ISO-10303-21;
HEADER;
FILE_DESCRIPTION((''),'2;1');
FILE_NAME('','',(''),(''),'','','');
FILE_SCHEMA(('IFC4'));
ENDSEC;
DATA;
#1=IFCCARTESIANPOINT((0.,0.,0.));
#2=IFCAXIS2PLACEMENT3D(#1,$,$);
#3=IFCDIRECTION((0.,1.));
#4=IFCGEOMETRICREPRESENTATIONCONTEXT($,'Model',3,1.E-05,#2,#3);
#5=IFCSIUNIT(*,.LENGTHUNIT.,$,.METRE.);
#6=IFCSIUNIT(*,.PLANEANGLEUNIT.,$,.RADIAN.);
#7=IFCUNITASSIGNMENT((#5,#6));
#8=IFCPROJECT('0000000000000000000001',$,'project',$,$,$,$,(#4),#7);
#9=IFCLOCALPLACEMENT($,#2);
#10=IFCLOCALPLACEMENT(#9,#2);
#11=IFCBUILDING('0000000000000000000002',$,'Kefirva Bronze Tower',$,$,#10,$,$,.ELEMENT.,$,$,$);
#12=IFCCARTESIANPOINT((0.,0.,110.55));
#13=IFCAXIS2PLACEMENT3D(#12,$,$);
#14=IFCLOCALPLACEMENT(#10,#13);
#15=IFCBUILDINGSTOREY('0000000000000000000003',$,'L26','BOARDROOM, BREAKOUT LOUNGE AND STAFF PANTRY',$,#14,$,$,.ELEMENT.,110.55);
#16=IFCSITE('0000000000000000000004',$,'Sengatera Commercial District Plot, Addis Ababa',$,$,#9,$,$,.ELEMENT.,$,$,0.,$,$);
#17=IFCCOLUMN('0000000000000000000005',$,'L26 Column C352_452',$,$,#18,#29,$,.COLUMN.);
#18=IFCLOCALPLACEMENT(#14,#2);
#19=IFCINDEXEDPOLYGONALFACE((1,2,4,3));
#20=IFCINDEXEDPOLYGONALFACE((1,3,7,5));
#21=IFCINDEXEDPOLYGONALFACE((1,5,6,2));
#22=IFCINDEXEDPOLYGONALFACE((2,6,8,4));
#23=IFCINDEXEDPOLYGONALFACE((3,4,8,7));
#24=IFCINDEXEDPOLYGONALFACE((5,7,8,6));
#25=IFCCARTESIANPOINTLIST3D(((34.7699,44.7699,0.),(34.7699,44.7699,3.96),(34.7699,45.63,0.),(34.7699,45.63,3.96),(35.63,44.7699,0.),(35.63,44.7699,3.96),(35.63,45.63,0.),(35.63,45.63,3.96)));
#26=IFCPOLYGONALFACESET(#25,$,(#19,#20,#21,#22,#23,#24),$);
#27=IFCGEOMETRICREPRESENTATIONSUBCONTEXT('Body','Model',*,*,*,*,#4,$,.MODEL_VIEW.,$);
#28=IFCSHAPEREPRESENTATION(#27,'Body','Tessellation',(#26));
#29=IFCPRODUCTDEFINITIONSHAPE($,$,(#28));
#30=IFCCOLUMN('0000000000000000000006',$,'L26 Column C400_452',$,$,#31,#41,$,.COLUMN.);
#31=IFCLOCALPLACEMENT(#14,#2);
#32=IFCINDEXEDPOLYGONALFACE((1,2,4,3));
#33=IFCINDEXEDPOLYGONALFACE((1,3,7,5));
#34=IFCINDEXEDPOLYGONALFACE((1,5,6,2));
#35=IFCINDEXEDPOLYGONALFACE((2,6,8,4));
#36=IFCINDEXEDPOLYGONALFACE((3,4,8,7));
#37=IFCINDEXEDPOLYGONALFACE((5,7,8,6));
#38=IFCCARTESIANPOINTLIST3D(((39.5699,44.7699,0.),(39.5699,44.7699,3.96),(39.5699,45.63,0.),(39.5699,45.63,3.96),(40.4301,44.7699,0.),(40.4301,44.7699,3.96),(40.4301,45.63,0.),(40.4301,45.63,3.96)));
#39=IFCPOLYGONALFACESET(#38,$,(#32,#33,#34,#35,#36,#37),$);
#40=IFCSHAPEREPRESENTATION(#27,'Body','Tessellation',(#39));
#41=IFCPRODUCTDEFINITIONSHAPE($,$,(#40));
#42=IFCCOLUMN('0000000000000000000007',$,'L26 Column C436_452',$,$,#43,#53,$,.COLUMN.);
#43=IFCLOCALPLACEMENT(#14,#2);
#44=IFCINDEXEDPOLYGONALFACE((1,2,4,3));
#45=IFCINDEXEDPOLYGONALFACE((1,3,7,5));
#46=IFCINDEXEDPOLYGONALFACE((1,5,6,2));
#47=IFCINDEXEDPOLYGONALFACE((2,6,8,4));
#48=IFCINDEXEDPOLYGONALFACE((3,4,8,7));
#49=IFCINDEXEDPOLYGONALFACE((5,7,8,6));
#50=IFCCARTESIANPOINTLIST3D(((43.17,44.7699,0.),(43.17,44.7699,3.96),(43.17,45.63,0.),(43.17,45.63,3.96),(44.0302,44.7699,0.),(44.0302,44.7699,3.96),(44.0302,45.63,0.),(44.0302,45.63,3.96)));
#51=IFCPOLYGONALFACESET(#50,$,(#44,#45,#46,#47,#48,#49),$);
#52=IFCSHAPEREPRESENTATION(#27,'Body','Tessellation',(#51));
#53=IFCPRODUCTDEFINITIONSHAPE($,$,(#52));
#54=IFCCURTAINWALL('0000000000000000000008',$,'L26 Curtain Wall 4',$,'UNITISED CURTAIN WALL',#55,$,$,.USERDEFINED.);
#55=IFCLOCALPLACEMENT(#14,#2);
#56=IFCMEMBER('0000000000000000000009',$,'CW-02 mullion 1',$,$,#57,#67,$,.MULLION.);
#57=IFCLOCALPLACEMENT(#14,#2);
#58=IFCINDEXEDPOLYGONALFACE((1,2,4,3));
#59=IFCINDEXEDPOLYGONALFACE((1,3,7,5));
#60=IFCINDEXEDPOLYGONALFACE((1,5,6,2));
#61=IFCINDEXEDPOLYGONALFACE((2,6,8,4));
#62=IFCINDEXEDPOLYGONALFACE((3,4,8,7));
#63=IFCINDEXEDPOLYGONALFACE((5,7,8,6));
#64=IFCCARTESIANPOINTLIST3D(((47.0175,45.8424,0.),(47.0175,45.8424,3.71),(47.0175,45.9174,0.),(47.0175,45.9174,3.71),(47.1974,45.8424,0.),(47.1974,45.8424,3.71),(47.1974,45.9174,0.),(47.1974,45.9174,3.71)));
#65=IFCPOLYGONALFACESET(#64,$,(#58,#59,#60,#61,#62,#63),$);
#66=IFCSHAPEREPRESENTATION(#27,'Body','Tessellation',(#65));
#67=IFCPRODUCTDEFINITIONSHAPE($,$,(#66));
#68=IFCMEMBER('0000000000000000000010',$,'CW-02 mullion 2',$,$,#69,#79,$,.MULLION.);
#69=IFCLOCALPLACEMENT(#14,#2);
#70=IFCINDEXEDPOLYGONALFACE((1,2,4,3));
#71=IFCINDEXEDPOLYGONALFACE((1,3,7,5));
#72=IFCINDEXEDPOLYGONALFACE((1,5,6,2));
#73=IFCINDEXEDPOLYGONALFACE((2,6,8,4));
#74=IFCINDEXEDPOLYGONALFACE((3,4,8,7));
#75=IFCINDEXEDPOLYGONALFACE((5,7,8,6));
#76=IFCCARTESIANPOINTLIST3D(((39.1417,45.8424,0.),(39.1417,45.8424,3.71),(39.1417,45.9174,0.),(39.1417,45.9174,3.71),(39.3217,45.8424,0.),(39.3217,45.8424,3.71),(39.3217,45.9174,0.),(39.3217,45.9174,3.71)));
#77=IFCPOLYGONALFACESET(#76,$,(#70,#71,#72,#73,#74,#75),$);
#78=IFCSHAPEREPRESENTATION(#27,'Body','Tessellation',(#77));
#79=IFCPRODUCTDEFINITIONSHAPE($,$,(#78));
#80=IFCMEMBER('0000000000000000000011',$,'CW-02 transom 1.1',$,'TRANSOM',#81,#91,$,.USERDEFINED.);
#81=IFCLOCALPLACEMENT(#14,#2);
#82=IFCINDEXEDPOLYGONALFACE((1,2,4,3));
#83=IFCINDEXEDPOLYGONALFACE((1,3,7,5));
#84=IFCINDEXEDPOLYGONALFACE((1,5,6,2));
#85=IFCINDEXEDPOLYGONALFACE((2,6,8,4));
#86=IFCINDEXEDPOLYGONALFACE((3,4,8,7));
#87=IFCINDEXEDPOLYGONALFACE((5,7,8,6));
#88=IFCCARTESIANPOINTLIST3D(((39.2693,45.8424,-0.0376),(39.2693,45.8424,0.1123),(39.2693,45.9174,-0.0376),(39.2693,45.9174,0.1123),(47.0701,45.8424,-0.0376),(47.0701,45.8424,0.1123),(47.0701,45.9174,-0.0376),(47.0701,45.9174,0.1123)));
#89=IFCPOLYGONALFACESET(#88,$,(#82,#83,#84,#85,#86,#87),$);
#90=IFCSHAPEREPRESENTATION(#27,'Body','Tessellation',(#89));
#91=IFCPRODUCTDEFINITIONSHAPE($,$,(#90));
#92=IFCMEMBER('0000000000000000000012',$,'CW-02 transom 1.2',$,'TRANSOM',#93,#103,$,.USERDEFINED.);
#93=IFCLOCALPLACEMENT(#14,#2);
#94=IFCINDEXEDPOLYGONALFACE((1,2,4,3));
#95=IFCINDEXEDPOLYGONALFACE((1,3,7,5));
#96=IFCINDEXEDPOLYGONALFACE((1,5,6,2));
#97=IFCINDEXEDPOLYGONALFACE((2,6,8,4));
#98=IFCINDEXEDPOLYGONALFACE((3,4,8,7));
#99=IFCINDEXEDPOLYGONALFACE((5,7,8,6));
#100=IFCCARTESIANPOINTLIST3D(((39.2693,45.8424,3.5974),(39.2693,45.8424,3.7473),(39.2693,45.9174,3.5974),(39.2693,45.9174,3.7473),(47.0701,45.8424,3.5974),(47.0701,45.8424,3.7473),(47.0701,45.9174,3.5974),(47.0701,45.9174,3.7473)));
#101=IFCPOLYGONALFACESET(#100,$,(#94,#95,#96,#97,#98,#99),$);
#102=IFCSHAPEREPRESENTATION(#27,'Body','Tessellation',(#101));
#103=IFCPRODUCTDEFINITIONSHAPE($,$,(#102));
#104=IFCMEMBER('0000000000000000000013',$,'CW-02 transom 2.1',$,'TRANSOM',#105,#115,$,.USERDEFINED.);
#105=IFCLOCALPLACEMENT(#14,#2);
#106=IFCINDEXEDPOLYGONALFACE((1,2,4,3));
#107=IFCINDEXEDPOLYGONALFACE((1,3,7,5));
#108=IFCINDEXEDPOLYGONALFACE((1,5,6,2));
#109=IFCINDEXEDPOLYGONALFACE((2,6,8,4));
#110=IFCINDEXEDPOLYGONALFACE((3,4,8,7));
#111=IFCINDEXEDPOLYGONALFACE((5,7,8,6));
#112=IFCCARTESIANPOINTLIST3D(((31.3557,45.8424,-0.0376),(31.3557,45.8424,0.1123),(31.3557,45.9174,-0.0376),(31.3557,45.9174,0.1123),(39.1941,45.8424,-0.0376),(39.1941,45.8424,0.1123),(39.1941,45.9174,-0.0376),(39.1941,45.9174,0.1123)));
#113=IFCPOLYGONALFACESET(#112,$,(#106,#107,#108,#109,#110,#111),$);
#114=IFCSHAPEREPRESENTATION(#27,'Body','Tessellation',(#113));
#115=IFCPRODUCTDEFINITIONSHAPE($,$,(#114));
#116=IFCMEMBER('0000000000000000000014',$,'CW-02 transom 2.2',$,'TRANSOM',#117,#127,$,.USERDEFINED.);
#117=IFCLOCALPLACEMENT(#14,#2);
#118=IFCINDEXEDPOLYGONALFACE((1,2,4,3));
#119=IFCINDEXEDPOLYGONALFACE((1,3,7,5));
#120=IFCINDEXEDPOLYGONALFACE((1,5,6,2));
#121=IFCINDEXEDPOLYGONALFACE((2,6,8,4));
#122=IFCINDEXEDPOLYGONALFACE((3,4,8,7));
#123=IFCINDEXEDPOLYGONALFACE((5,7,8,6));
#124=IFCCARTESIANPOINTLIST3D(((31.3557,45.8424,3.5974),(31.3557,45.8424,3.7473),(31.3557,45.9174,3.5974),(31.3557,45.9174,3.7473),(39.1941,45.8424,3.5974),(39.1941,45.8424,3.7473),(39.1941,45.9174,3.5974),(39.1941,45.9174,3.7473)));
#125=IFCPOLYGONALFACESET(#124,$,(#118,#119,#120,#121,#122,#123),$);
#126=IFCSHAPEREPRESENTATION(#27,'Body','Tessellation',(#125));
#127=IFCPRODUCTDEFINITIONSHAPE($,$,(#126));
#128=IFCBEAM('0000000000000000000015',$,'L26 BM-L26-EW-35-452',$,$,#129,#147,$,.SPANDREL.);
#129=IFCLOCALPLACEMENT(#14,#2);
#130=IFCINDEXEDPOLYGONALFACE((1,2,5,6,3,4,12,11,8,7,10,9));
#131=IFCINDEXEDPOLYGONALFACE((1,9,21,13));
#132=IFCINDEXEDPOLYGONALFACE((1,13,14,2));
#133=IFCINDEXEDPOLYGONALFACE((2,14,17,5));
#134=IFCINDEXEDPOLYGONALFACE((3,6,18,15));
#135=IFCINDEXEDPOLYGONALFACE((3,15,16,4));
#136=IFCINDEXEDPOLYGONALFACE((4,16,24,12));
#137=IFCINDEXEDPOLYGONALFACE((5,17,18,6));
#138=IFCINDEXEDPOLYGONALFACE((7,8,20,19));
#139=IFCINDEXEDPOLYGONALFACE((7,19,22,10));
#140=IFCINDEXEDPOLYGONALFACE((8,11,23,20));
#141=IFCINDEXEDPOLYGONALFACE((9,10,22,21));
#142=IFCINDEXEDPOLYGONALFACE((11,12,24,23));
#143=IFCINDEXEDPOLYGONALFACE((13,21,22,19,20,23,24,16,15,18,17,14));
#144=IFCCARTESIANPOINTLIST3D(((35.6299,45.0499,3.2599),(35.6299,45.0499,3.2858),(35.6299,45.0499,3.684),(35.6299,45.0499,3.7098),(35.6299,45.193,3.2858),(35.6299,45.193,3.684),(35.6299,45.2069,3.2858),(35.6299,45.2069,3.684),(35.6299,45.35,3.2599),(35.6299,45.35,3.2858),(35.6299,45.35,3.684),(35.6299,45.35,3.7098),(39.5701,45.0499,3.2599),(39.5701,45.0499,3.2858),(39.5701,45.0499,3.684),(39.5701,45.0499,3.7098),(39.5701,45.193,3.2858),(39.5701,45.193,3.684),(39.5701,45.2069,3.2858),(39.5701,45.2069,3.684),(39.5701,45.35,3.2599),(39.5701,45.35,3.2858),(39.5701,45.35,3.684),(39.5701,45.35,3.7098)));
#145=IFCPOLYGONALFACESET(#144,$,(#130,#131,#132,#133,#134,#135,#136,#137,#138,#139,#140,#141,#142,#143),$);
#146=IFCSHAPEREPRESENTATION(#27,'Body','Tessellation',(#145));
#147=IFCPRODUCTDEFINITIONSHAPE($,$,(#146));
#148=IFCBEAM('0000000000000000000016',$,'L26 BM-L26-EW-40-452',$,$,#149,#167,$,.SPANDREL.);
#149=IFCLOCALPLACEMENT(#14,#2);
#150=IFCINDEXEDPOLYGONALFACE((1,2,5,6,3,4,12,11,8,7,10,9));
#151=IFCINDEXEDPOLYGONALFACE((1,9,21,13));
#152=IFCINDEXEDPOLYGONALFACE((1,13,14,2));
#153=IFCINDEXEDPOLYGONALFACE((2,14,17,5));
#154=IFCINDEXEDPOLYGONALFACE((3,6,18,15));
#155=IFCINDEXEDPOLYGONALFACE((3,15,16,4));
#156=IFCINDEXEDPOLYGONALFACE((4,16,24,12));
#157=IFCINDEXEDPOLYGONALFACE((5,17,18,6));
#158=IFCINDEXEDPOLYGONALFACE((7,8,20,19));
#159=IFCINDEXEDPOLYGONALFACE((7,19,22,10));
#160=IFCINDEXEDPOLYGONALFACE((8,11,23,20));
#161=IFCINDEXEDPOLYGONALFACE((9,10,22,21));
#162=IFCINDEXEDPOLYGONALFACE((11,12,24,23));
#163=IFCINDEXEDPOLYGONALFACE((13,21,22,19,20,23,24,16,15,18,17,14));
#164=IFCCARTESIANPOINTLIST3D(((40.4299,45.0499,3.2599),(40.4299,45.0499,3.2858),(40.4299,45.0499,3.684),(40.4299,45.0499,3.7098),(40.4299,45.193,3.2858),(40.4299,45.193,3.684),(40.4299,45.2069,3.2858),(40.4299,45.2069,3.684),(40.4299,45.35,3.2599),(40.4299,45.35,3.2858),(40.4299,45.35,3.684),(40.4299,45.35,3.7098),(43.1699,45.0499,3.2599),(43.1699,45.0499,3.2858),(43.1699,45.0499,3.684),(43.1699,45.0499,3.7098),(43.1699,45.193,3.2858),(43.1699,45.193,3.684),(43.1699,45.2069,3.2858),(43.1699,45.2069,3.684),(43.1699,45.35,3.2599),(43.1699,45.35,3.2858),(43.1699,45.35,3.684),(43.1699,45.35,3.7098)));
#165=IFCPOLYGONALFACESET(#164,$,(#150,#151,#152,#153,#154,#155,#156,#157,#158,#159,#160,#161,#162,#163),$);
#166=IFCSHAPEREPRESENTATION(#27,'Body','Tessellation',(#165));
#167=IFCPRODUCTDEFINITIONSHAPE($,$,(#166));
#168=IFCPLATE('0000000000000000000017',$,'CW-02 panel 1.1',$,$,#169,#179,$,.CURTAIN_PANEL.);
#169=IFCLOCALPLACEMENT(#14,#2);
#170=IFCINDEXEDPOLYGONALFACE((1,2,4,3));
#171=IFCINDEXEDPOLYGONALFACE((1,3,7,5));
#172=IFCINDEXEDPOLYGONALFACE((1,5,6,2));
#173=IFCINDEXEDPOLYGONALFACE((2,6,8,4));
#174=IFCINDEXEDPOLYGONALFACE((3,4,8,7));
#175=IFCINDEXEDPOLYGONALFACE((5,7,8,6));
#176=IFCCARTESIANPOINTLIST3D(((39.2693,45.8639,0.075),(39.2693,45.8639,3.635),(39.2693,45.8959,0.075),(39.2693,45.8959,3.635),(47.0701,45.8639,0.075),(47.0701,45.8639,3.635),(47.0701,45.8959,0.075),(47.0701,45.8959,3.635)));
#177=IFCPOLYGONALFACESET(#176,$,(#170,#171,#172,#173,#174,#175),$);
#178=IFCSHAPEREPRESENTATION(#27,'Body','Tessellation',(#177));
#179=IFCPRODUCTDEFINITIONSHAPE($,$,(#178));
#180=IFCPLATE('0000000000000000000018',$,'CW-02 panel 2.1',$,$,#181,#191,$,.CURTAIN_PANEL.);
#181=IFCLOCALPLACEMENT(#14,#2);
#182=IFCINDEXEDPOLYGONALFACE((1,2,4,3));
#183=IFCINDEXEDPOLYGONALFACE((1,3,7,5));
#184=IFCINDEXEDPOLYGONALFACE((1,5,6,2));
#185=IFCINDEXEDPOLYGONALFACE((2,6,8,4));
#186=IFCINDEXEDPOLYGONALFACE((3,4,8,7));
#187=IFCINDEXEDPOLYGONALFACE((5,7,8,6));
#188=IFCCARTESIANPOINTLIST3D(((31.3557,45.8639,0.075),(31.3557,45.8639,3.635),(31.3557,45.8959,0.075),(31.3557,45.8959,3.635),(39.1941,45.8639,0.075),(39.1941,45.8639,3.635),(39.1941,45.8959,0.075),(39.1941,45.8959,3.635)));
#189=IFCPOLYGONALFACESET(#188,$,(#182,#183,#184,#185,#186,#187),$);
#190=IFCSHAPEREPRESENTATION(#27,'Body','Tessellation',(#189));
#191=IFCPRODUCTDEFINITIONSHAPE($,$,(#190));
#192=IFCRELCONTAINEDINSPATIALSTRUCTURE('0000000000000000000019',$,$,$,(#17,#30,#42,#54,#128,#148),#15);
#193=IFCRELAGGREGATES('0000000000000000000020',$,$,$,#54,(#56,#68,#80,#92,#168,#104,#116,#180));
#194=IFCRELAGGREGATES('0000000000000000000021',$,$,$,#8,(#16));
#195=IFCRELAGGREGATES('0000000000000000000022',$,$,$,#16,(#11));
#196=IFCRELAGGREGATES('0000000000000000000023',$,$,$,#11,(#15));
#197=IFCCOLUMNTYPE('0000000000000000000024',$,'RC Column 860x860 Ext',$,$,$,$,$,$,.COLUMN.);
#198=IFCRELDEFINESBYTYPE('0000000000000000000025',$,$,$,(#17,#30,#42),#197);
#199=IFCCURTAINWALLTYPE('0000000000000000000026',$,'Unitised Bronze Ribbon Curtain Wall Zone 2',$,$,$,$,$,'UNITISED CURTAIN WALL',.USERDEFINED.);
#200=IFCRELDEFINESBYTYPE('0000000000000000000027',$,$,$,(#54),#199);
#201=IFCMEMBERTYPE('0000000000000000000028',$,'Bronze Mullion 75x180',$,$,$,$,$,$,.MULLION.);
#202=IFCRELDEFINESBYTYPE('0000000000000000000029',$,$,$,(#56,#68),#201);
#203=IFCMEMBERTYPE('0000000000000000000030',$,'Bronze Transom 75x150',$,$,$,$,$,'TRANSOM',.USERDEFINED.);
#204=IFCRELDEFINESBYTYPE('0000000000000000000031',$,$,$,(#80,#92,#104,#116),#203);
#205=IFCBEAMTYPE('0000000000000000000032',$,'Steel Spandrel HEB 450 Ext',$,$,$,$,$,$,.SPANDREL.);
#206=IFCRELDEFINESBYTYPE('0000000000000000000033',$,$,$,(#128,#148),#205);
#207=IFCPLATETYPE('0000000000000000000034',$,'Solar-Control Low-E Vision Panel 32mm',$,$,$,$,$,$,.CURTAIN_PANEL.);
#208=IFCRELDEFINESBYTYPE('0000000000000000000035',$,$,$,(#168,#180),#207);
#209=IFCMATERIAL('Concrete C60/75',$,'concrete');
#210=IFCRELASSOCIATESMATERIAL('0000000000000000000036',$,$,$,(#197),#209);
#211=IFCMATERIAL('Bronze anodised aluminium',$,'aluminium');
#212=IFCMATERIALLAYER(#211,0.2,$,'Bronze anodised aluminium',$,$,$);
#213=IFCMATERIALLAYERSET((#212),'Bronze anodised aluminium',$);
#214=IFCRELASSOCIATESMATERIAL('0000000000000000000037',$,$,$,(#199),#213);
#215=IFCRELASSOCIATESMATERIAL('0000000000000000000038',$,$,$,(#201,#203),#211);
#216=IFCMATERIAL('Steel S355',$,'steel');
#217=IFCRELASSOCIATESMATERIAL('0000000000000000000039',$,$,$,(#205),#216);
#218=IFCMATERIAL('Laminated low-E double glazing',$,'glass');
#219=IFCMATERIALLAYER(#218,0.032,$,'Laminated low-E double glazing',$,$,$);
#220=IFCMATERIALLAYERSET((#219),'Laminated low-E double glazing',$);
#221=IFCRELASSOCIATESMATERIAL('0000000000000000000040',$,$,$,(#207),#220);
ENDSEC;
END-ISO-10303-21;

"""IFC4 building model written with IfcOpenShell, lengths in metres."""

from ifc_helpers import new_model, si_unit, direction, frame, origin, origin_2d, place, context, subcontext, project, spatial, rectangle, i_section, extrude, material, layer, layer_set, material_profile, profile_set, type_object, element, aggregate, save


model = new_model("IFC4")

# Units and contexts
model_context = context("Model", 3, precision=1e-05, world=origin(), true_north=direction((0.0, 1.0)))
body_context = subcontext(model_context, "Body", "Model", "MODEL_VIEW")
ifc_project = project(units=[si_unit("LENGTHUNIT", "METRE"), si_unit("PLANEANGLEUNIT", "RADIAN")], contexts=[model_context])

# Site, building, storey
site_placement = place(None, origin())
site = spatial("IfcSite", under=ifc_project, at=site_placement, Name="Sengatera Commercial District Plot, Addis Ababa", CompositionType="ELEMENT", RefElevation=0.0)
building_placement = place(site_placement, origin())
building = spatial("IfcBuilding", under=site, at=building_placement, Name="Kefirva Bronze Tower", CompositionType="ELEMENT")
storey_placement = place(building_placement, frame((0.0, 0.0, 110.55)))
storey = spatial("IfcBuildingStorey", under=building, at=storey_placement, Name="L26", Description="BOARDROOM, BREAKOUT LOUNGE AND STAFF PANTRY", CompositionType="ELEMENT", Elevation=110.55)

# Columns
ifc_material_1 = material(Name="Concrete C60/75", Category="concrete")
ifc_material_profile_1 = material_profile(ifc_material_1, rectangle(XDim=0.8601, YDim=0.8601, at=origin_2d()), Name="RC 860x860")
ifc_profile_set_1 = profile_set([ifc_material_profile_1], Name="Concrete C60/75")
column_type = type_object("IfcColumnType", Name="RC Column 860x860 Ext", PredefinedType="COLUMN", material=ifc_profile_set_1)
for number, where, z_axis, x_axis, name in (
    (1, (35.2, 45.2, 0.0), (0.0, 0.0, 1.0), (1.0, 0.0, 0.0), "L26 Column C352_452"),
    (2, (40.0, 45.2, 0.0), (0.0, 0.0, 1.0), (1.0, 0.0, 0.0), "L26 Column C400_452"),
    (3, (43.6001, 45.2, 0.0), (0.0, 0.0, 1.0), (1.0, 0.0, 0.0), "L26 Column C436_452"),
):
    element("IfcColumn", number, at=place(storey_placement, frame(where, z_axis=z_axis, x_axis=x_axis)), inside=storey, type_object=column_type, Name=name, PredefinedType="COLUMN", context=body_context, shape_type="SweptSolid", body=[
        extrude(rectangle(XDim=0.8601, YDim=0.8601, at=origin_2d()), origin(), (0.0, 0.0, 1.0), 3.96),
    ])

# Curtain wall, members
ifc_material_2 = material(Name="Bronze anodised aluminium", Category="aluminium")
ifc_layer_1 = layer(ifc_material_2, 0.2, Name="Bronze anodised aluminium")
ifc_layer_set_1 = layer_set([ifc_layer_1], Name="Bronze anodised aluminium")
curtain_wall_type = type_object("IfcCurtainWallType", Name="Unitised Bronze Ribbon Curtain Wall Zone 2", ElementType="UNITISED CURTAIN WALL", PredefinedType="USERDEFINED", material=ifc_layer_set_1)
curtain_wall_placement = place(storey_placement, origin())
curtain_wall = element("IfcCurtainWall", 4, at=curtain_wall_placement, inside=storey, type_object=curtain_wall_type, Name="L26 Curtain Wall 4", ObjectType="UNITISED CURTAIN WALL", PredefinedType="USERDEFINED")
ifc_material_profile_2 = material_profile(ifc_material_2, rectangle(XDim=0.075, YDim=0.1799, at=origin_2d()), Name="ALU 75x180")
ifc_profile_set_2 = profile_set([ifc_material_profile_2], Name="Bronze anodised aluminium")
member_type_1 = type_object("IfcMemberType", Name="Bronze Mullion 75x180", PredefinedType="MULLION", material=ifc_profile_set_2)
member_1_placement = place(storey_placement, frame((47.1074, 45.8799, 0.0), z_axis=(0.0, 0.0, 1.0), x_axis=(0.0, -1.0, 0.0)))
member_1 = element("IfcMember", 5, at=member_1_placement, type_object=member_type_1, Name="CW-02 mullion 1", PredefinedType="MULLION", context=body_context, shape_type="SweptSolid", body=[
    extrude(rectangle(XDim=0.075, YDim=0.1799, at=origin_2d()), origin(), (0.0, 0.0, 1.0), 3.71),
])
member_2_placement = place(storey_placement, frame((39.2317, 45.8799, 0.0), z_axis=(0.0, 0.0, 1.0), x_axis=(0.0, -1.0, 0.0)))
member_2 = element("IfcMember", 6, at=member_2_placement, type_object=member_type_1, Name="CW-02 mullion 2", PredefinedType="MULLION", context=body_context, shape_type="SweptSolid", body=[
    extrude(rectangle(XDim=0.075, YDim=0.1799, at=origin_2d()), origin(), (0.0, 0.0, 1.0), 3.71),
])
ifc_material_profile_3 = material_profile(ifc_material_2, rectangle(XDim=0.075, YDim=0.1499, at=origin_2d()), Name="ALU 75x150")
ifc_profile_set_3 = profile_set([ifc_material_profile_3], Name="Bronze anodised aluminium")
member_type_2 = type_object("IfcMemberType", Name="Bronze Transom 75x150", ElementType="TRANSOM", PredefinedType="USERDEFINED", material=ifc_profile_set_3)
member_3_placement = place(storey_placement, frame((47.0701, 45.8799, 0.0374), z_axis=(-1.0, 0.0, 0.0), x_axis=(0.0, -1.0, 0.0)))
member_3 = element("IfcMember", 7, at=member_3_placement, type_object=member_type_2, Name="CW-02 transom 1.1", ObjectType="TRANSOM", PredefinedType="USERDEFINED", context=body_context, shape_type="SweptSolid", body=[
    extrude(rectangle(XDim=0.075, YDim=0.1499, at=origin_2d()), origin(), (0.0, 0.0, 1.0), 7.8008),
])
member_4_placement = place(storey_placement, frame((47.0701, 45.8799, 3.6724), z_axis=(-1.0, 0.0, 0.0), x_axis=(0.0, -1.0, 0.0)))
member_4 = element("IfcMember", 8, at=member_4_placement, type_object=member_type_2, Name="CW-02 transom 1.2", ObjectType="TRANSOM", PredefinedType="USERDEFINED", context=body_context, shape_type="SweptSolid", body=[
    extrude(rectangle(XDim=0.075, YDim=0.1499, at=origin_2d()), origin(), (0.0, 0.0, 1.0), 7.8008),
])
member_5_placement = place(storey_placement, frame((39.1941, 45.8799, 0.0374), z_axis=(-1.0, 0.0, 0.0), x_axis=(0.0, -1.0, 0.0)))
member_5 = element("IfcMember", 9, at=member_5_placement, type_object=member_type_2, Name="CW-02 transom 2.1", ObjectType="TRANSOM", PredefinedType="USERDEFINED", context=body_context, shape_type="SweptSolid", body=[
    extrude(rectangle(XDim=0.075, YDim=0.1499, at=origin_2d()), origin(), (0.0, 0.0, 1.0), 7.8384),
])
member_6_placement = place(storey_placement, frame((39.1941, 45.8799, 3.6724), z_axis=(-1.0, 0.0, 0.0), x_axis=(0.0, -1.0, 0.0)))
member_6 = element("IfcMember", 10, at=member_6_placement, type_object=member_type_2, Name="CW-02 transom 2.2", ObjectType="TRANSOM", PredefinedType="USERDEFINED", context=body_context, shape_type="SweptSolid", body=[
    extrude(rectangle(XDim=0.075, YDim=0.1499, at=origin_2d()), origin(), (0.0, 0.0, 1.0), 7.8384),
])

# Beams
ifc_material_3 = material(Name="Steel S355", Category="steel")
ifc_material_profile_4 = material_profile(ifc_material_3, i_section(OverallWidth=0.3, OverallDepth=0.45, WebThickness=0.0139, FlangeThickness=0.0259, at=origin_2d()), Name="HEB 450")
ifc_profile_set_4 = profile_set([ifc_material_profile_4], Name="Steel S355")
beam_type = type_object("IfcBeamType", Name="Steel Spandrel HEB 450 Ext", PredefinedType="SPANDREL", material=ifc_profile_set_4)
beam_1_placement = place(storey_placement, frame((35.6299, 45.2, 3.4849), z_axis=(1.0, 0.0, 0.0), x_axis=(0.0, 1.0, 0.0)))
element("IfcBeam", 11, at=beam_1_placement, inside=storey, type_object=beam_type, Name="L26 BM-L26-EW-35-452", PredefinedType="SPANDREL", context=body_context, shape_type="SweptSolid", body=[
    extrude(i_section(OverallWidth=0.3, OverallDepth=0.45, WebThickness=0.0139, FlangeThickness=0.0259, at=origin_2d()), origin(), (0.0, 0.0, 1.0), 3.9402),
])
beam_2_placement = place(storey_placement, frame((40.4299, 45.2, 3.4849), z_axis=(1.0, 0.0, 0.0), x_axis=(0.0, 1.0, 0.0)))
element("IfcBeam", 12, at=beam_2_placement, inside=storey, type_object=beam_type, Name="L26 BM-L26-EW-40-452", PredefinedType="SPANDREL", context=body_context, shape_type="SweptSolid", body=[
    extrude(i_section(OverallWidth=0.3, OverallDepth=0.45, WebThickness=0.0139, FlangeThickness=0.0259, at=origin_2d()), origin(), (0.0, 0.0, 1.0), 2.74),
])

# Plates
ifc_material_4 = material(Name="Laminated low-E double glazing", Category="glass")
ifc_layer_2 = layer(ifc_material_4, 0.032, Name="Laminated low-E double glazing")
ifc_layer_set_2 = layer_set([ifc_layer_2], Name="Laminated low-E double glazing")
plate_type = type_object("IfcPlateType", Name="Solar-Control Low-E Vision Panel 32mm", PredefinedType="CURTAIN_PANEL", material=ifc_layer_set_2)
plate_1_placement = place(storey_placement, frame((43.1697, 45.8799, 0.075), z_axis=(0.0, 0.0, 1.0), x_axis=(-1.0, 0.0, 0.0)))
plate_1 = element("IfcPlate", 13, at=plate_1_placement, type_object=plate_type, Name="CW-02 panel 1.1", PredefinedType="CURTAIN_PANEL", context=body_context, shape_type="SweptSolid", body=[
    extrude(rectangle(XDim=7.8008, YDim=0.032, at=origin_2d()), origin(), (0.0, 0.0, 1.0), 3.5601),
])
plate_2_placement = place(storey_placement, frame((35.2749, 45.8799, 0.075), z_axis=(0.0, 0.0, 1.0), x_axis=(-1.0, 0.0, 0.0)))
plate_2 = element("IfcPlate", 14, at=plate_2_placement, type_object=plate_type, Name="CW-02 panel 2.1", PredefinedType="CURTAIN_PANEL", context=body_context, shape_type="SweptSolid", body=[
    extrude(rectangle(XDim=7.8384, YDim=0.032, at=origin_2d()), origin(), (0.0, 0.0, 1.0), 3.5601),
])
aggregate(curtain_wall, [member_1, member_2, member_3, member_4, plate_1, member_5, member_6, plate_2])

save(model, "model.ifc")
